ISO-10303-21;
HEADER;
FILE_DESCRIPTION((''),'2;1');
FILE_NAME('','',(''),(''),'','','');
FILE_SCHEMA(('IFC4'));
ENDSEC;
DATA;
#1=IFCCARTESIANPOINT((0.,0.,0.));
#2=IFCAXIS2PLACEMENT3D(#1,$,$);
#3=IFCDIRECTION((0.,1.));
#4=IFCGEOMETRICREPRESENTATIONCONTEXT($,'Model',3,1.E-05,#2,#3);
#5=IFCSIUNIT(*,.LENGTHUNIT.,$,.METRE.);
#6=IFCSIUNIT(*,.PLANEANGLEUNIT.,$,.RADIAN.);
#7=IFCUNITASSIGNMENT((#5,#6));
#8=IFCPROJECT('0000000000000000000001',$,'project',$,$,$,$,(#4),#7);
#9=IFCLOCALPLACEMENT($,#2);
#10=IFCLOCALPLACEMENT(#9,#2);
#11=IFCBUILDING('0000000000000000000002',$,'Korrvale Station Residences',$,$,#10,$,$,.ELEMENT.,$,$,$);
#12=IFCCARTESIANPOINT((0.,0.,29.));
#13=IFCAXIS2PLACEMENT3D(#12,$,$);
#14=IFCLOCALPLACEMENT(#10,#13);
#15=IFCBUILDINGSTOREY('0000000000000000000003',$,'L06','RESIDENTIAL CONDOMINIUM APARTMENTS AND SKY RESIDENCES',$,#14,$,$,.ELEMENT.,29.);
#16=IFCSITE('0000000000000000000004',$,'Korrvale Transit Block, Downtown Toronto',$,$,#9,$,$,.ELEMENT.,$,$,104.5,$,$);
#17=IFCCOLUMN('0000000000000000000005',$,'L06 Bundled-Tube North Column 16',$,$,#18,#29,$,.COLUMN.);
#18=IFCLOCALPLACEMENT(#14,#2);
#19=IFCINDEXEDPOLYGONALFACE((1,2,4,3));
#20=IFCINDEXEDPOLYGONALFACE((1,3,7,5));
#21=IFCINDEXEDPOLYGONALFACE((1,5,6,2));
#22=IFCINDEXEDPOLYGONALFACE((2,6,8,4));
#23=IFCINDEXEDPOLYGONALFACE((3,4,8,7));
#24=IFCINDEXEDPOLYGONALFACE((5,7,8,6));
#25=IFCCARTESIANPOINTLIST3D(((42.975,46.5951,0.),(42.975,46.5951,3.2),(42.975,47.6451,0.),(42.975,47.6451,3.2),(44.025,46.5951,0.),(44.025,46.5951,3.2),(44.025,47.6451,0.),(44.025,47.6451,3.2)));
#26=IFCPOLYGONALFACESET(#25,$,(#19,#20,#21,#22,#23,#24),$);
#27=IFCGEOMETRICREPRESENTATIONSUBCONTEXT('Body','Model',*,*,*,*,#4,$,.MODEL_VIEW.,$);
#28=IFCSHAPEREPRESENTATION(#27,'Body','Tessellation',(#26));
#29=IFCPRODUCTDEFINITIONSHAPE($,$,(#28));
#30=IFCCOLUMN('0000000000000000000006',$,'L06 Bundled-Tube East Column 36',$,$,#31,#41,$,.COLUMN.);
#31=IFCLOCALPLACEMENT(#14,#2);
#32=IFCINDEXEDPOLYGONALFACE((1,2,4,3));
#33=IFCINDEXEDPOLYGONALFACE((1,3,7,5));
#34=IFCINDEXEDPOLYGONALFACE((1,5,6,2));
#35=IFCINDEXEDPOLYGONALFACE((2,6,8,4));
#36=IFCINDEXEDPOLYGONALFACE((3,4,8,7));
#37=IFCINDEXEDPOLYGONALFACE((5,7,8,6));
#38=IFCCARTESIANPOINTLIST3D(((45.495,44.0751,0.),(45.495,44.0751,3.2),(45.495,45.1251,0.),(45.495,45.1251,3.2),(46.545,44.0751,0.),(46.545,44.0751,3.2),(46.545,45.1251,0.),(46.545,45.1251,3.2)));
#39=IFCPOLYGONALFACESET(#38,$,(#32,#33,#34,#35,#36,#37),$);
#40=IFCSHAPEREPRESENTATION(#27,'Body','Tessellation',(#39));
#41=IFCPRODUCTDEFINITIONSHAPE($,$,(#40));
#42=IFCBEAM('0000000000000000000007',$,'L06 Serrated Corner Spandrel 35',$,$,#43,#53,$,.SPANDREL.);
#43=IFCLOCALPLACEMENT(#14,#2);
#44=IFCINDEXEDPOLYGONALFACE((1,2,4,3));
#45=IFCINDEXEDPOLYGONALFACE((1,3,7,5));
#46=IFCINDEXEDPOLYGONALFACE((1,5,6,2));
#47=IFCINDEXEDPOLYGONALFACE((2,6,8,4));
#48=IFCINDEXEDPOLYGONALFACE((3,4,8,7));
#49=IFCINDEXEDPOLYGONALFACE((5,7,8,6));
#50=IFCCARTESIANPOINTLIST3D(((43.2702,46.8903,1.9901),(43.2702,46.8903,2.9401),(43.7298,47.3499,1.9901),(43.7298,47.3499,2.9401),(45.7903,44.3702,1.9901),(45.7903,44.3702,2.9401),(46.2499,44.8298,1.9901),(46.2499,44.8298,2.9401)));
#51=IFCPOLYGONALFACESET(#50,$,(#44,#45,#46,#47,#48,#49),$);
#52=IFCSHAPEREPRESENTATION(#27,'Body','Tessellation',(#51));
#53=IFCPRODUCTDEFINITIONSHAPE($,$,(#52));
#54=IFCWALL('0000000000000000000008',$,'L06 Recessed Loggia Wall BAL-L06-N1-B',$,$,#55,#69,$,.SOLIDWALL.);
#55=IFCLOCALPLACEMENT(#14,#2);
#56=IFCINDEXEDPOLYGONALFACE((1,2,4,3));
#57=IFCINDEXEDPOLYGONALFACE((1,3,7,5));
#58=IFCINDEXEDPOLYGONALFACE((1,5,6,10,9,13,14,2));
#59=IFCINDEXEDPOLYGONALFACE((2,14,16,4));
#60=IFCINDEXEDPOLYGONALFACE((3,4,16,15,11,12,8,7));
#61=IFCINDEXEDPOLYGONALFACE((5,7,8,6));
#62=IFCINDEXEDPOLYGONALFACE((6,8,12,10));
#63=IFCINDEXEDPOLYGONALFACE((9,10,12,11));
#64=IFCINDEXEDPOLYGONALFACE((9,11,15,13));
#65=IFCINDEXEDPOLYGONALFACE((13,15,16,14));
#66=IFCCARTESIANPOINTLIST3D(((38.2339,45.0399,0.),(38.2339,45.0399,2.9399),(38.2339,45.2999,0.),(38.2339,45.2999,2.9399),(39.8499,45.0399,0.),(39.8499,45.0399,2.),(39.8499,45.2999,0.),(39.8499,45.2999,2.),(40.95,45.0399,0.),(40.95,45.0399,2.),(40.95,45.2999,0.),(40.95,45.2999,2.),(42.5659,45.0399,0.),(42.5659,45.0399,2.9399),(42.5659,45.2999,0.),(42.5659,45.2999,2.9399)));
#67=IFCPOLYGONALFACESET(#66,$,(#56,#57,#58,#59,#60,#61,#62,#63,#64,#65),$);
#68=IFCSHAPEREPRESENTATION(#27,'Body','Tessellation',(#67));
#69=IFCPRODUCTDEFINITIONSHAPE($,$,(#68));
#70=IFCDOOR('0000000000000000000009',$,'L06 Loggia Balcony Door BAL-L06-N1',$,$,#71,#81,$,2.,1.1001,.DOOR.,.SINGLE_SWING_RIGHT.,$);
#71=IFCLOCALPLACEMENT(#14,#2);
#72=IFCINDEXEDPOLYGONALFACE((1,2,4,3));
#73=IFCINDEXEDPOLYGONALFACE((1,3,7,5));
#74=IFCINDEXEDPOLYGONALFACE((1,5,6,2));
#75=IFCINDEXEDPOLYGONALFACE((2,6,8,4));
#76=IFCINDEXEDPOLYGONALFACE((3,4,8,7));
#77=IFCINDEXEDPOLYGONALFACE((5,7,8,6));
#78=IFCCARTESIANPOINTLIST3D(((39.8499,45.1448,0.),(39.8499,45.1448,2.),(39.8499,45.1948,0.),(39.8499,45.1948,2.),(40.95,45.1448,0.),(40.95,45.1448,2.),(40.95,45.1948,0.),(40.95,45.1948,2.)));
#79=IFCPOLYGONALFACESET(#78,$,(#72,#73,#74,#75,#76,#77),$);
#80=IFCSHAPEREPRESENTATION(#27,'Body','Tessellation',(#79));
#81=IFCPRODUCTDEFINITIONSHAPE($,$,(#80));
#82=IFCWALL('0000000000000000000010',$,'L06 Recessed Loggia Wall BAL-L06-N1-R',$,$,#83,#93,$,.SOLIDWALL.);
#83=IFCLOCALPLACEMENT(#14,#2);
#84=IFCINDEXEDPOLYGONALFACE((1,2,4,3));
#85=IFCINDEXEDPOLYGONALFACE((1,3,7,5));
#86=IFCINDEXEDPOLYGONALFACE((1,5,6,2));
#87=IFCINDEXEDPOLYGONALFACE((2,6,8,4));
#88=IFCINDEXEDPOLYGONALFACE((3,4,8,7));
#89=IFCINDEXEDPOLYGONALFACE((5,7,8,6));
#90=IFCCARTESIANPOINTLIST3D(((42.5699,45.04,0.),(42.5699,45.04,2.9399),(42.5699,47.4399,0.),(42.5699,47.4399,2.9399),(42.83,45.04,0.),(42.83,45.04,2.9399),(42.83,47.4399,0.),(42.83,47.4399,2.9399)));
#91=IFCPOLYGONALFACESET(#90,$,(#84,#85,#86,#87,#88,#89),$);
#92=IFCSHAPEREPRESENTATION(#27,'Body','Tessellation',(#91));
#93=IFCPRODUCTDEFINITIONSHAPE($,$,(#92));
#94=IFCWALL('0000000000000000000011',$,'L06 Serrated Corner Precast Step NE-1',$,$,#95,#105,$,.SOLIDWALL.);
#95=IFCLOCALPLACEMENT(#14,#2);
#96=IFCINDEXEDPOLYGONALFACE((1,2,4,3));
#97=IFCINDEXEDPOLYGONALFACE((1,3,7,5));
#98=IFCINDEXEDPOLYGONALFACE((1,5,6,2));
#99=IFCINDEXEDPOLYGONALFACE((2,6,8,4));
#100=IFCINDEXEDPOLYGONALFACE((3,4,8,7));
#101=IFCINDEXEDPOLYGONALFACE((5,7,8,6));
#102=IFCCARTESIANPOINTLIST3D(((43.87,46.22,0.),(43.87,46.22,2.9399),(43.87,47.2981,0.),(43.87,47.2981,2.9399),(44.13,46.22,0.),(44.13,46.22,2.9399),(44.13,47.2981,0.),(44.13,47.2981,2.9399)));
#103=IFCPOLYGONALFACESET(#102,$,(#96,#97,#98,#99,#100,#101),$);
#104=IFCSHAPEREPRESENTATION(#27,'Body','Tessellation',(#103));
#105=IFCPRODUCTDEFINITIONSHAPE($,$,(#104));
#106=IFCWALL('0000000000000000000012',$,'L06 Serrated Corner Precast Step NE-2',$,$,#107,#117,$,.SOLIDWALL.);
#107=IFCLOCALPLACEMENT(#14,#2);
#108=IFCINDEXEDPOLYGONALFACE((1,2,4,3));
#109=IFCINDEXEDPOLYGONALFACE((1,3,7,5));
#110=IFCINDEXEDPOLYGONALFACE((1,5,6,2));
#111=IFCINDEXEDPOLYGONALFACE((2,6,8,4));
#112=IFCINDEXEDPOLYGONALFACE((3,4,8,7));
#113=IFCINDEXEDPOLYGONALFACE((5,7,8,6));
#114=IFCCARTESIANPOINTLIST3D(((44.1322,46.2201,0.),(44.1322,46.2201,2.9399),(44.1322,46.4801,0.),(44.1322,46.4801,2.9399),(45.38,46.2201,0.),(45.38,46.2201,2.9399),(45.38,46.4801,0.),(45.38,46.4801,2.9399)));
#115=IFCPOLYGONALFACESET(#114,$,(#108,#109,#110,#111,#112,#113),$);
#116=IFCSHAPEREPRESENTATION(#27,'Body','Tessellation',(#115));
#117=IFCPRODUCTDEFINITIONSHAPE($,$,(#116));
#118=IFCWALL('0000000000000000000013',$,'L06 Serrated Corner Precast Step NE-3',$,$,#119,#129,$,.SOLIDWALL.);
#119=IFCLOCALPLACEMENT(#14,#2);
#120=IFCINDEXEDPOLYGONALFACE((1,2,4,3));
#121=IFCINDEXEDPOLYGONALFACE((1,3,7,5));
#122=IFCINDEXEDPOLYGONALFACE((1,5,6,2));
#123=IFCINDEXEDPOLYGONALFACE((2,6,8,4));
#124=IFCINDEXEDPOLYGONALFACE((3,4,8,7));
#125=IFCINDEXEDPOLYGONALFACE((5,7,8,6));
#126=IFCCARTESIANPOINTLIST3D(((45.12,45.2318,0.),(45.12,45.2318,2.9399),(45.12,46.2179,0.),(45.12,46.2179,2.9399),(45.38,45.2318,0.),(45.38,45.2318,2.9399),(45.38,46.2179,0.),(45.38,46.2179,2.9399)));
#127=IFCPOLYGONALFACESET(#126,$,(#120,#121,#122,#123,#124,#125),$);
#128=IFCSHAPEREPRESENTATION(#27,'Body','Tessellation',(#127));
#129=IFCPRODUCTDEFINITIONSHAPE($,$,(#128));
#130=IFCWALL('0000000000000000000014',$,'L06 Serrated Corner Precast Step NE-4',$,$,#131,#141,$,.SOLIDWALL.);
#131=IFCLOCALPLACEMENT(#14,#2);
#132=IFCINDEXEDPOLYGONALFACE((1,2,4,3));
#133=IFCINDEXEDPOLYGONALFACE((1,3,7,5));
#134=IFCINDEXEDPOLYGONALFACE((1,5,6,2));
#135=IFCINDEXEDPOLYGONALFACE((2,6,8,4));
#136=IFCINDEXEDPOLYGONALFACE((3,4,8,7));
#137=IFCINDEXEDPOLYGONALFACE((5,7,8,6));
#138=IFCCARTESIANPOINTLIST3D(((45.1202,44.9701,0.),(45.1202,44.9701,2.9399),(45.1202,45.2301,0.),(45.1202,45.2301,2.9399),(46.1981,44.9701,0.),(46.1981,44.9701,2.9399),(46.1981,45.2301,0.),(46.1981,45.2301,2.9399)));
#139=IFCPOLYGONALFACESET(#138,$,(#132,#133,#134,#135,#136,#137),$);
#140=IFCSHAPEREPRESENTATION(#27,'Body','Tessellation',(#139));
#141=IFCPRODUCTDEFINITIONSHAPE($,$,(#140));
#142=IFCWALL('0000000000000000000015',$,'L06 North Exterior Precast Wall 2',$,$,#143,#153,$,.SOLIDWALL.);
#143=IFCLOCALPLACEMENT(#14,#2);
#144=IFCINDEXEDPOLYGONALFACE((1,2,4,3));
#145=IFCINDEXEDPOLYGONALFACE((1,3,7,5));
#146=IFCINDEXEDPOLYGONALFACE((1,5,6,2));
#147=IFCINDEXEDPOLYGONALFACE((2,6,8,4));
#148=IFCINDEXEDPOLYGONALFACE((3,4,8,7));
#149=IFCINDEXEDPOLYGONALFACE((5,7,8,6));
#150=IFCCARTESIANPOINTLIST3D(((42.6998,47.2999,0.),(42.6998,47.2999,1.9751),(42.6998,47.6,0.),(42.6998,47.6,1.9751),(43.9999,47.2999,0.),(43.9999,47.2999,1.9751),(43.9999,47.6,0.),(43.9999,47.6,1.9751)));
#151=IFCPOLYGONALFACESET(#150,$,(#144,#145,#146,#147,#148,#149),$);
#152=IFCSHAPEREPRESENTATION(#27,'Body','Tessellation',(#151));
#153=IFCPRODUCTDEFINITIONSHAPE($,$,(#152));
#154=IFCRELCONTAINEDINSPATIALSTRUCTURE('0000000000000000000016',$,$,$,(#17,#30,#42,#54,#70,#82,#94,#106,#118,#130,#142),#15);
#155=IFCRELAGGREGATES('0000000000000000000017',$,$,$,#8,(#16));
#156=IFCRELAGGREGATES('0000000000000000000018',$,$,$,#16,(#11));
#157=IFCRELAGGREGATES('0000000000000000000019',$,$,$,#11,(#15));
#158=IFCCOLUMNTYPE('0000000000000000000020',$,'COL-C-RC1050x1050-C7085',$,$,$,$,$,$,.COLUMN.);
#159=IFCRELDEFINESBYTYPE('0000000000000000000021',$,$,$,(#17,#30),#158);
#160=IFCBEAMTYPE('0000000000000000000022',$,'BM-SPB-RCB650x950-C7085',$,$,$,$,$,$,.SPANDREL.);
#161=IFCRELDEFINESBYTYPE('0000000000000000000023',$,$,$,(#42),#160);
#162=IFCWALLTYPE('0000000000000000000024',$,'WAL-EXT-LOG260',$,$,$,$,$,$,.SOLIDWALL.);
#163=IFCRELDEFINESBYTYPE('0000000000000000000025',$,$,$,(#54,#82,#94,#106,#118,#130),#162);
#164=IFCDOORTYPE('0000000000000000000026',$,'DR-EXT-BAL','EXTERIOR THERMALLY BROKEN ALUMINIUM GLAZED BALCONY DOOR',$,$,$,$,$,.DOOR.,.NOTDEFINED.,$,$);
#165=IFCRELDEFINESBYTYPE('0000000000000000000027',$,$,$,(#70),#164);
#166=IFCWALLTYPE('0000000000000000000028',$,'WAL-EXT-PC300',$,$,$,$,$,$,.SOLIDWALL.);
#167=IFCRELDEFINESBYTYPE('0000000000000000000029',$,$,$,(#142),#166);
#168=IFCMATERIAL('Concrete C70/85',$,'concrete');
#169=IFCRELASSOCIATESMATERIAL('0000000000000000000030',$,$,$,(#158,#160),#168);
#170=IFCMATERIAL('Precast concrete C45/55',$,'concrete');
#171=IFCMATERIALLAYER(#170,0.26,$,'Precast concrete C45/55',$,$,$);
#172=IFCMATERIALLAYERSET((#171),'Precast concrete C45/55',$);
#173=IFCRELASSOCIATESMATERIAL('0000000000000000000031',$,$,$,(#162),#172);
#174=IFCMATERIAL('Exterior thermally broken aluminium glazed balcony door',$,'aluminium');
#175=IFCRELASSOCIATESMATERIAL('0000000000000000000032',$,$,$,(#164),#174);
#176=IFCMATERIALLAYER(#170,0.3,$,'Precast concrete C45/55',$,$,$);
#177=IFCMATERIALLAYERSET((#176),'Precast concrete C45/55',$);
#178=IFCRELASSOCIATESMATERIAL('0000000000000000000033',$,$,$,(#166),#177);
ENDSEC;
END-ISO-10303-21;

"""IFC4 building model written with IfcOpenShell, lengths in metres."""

from ifc_helpers import new_model, si_unit, direction, frame, frame_2d, origin, origin_2d, place, context, subcontext, project, spatial, rectangle, extrude, material, layer, layer_set, material_profile, profile_set, type_object, element, fill, save


model = new_model("IFC4")

# Units and contexts
model_context = context("Model", 3, precision=1e-05, world=origin(), true_north=direction((0.0, 1.0)))
body_context = subcontext(model_context, "Body", "Model", "MODEL_VIEW")
ifc_project = project(units=[si_unit("LENGTHUNIT", "METRE"), si_unit("PLANEANGLEUNIT", "RADIAN")], contexts=[model_context])

# Site, building, storey
site_placement = place(None, origin())
site = spatial("IfcSite", under=ifc_project, at=site_placement, Name="Korrvale Transit Block, Downtown Toronto", CompositionType="ELEMENT", RefElevation=104.5)
building_placement = place(site_placement, origin())
building = spatial("IfcBuilding", under=site, at=building_placement, Name="Korrvale Station Residences", CompositionType="ELEMENT")
storey_placement = place(building_placement, frame((0.0, 0.0, 29.0)))
storey = spatial("IfcBuildingStorey", under=building, at=storey_placement, Name="L06", Description="RESIDENTIAL CONDOMINIUM APARTMENTS AND SKY RESIDENCES", CompositionType="ELEMENT", Elevation=29.0)

# Columns
ifc_material_1 = material(Name="Concrete C70/85", Category="concrete")
ifc_material_profile_1 = material_profile(ifc_material_1, rectangle(XDim=1.05, YDim=1.05, at=origin_2d()), Name="RC1050x1050")
ifc_profile_set_1 = profile_set([ifc_material_profile_1], Name="Concrete C70/85")
column_type = type_object("IfcColumnType", Name="COL-C-RC1050x1050-C7085", PredefinedType="COLUMN", material=ifc_profile_set_1)
for number, where, z_axis, x_axis, name in (
    (1, (43.5, 47.1201, 0.0), (0.0, 0.0, 1.0), (1.0, 0.0, 0.0), "L06 Bundled-Tube North Column 16"),
    (2, (46.02, 44.6001, 0.0), (0.0, 0.0, 1.0), (1.0, 0.0, 0.0), "L06 Bundled-Tube East Column 36"),
):
    element("IfcColumn", number, at=place(storey_placement, frame(where, z_axis=z_axis, x_axis=x_axis)), inside=storey, type_object=column_type, Name=name, PredefinedType="COLUMN", context=body_context, shape_type="SweptSolid", body=[
        extrude(rectangle(XDim=1.05, YDim=1.05, at=origin_2d()), origin(), (0.0, 0.0, 1.0), 3.2),
    ])

# Beam
ifc_material_profile_2 = material_profile(ifc_material_1, rectangle(XDim=0.6499, YDim=0.95, at=origin_2d()), Name="RCB650x950")
ifc_profile_set_2 = profile_set([ifc_material_profile_2], Name="Concrete C70/85")
beam_type = type_object("IfcBeamType", Name="BM-SPB-RCB650x950-C7085", PredefinedType="SPANDREL", material=ifc_profile_set_2)
beam_placement = place(storey_placement, frame((43.5, 47.1201, 2.4651), z_axis=(0.707107, -0.707107, 0.0), x_axis=(0.707107, 0.707107, 0.0)))
element("IfcBeam", 3, at=beam_placement, inside=storey, type_object=beam_type, Name="L06 Serrated Corner Spandrel 35", PredefinedType="SPANDREL", context=body_context, shape_type="SweptSolid", body=[
    extrude(rectangle(XDim=0.6499, YDim=0.95, at=origin_2d()), origin(), (0.0, 0.0, 1.0), 3.564),
])

# Wall, opening, door
ifc_material_2 = material(Name="Precast concrete C45/55", Category="concrete")
ifc_layer_1 = layer(ifc_material_2, 0.26, Name="Precast concrete C45/55")
ifc_layer_set_1 = layer_set([ifc_layer_1], Name="Precast concrete C45/55")
wall_type_1 = type_object("IfcWallType", Name="WAL-EXT-LOG260", PredefinedType="SOLIDWALL", material=ifc_layer_set_1)
wall_1_placement = place(storey_placement, frame((38.2339, 45.1699, 0.0), z_axis=(0.0, 0.0, 1.0), x_axis=(1.0, 0.0, 0.0)))
wall_1 = element("IfcWall", 4, at=wall_1_placement, inside=storey, type_object=wall_type_1, Name="L06 Recessed Loggia Wall BAL-L06-N1-B", PredefinedType="SOLIDWALL", context=body_context, shape_type="SweptSolid", body=[
    extrude(rectangle(XDim=4.332, YDim=0.26, at=frame_2d((2.166, 0.0))), origin(), (0.0, 0.0, 1.0), 2.9399),
])
opening_1_placement = place(wall_1_placement, frame((1.616, 0.0, 0.0)))
opening_1 = element("IfcOpeningElement", 5, at=opening_1_placement, cuts=wall_1, PredefinedType="OPENING", context=body_context, shape_type="SweptSolid", body=[
    extrude(rectangle(XDim=1.1001, YDim=2.0, at=frame_2d((0.55, 1.0))), frame((0.0, 0.1401, 0.0), z_axis=(0.0, -1.0, 0.0), x_axis=(1.0, 0.0, 0.0)), (0.0, 0.0, 1.0), 0.28),
])
ifc_material_3 = material(Name="Exterior thermally broken aluminium glazed balcony door", Category="aluminium")
door_type = type_object("IfcDoorType", Name="DR-EXT-BAL", Description="EXTERIOR THERMALLY BROKEN ALUMINIUM GLAZED BALCONY DOOR", OperationType="NOTDEFINED", PredefinedType="DOOR", material=ifc_material_3)
door_placement = place(opening_1_placement, origin())
door = element("IfcDoor", 6, at=door_placement, inside=storey, type_object=door_type, Name="L06 Loggia Balcony Door BAL-L06-N1", OperationType="SINGLE_SWING_RIGHT", OverallHeight=2.0, OverallWidth=1.1001, PredefinedType="DOOR", context=body_context, shape_type="SweptSolid", body=[
    extrude(rectangle(XDim=1.1001, YDim=2.0, at=frame_2d((0.55, 1.0))), frame((0.0, 0.0249, 0.0), z_axis=(0.0, -1.0, 0.0), x_axis=(1.0, 0.0, 0.0)), (0.0, 0.0, 1.0), 0.05),
])
fill(opening_1, door)

# Walls
wall_2_placement = place(storey_placement, frame((42.7, 45.04, 0.0), z_axis=(0.0, 0.0, 1.0), x_axis=(0.0, 1.0, 0.0)))
element("IfcWall", 7, at=wall_2_placement, inside=storey, type_object=wall_type_1, Name="L06 Recessed Loggia Wall BAL-L06-N1-R", PredefinedType="SOLIDWALL", context=body_context, shape_type="SweptSolid", body=[
    extrude(rectangle(XDim=2.3999, YDim=0.26, at=frame_2d((1.2, 0.0))), origin(), (0.0, 0.0, 1.0), 2.9399),
])
wall_3_placement = place(storey_placement, frame((44.0, 47.2981, 0.0), z_axis=(0.0, 0.0, 1.0), x_axis=(0.0, -1.0, 0.0)))
element("IfcWall", 8, at=wall_3_placement, inside=storey, type_object=wall_type_1, Name="L06 Serrated Corner Precast Step NE-1", PredefinedType="SOLIDWALL", context=body_context, shape_type="SweptSolid", body=[
    extrude(rectangle(XDim=1.0781, YDim=0.26, at=frame_2d((0.5391, 0.0))), origin(), (0.0, 0.0, 1.0), 2.9399),
])
wall_4_placement = place(storey_placement, frame((44.1321, 46.3501, 0.0), z_axis=(0.0, 0.0, 1.0), x_axis=(1.0, 0.0, 0.0)))
element("IfcWall", 9, at=wall_4_placement, inside=storey, type_object=wall_type_1, Name="L06 Serrated Corner Precast Step NE-2", PredefinedType="SOLIDWALL", context=body_context, shape_type="SweptSolid", body=[
    extrude(rectangle(XDim=1.2478, YDim=0.26, at=frame_2d((0.624, 0.0))), origin(), (0.0, 0.0, 1.0), 2.9399),
])
wall_5_placement = place(storey_placement, frame((45.25, 46.218, 0.0), z_axis=(0.0, 0.0, 1.0), x_axis=(0.0, -1.0, 0.0)))
element("IfcWall", 10, at=wall_5_placement, inside=storey, type_object=wall_type_1, Name="L06 Serrated Corner Precast Step NE-3", PredefinedType="SOLIDWALL", context=body_context, shape_type="SweptSolid", body=[
    extrude(rectangle(XDim=0.9861, YDim=0.26, at=frame_2d((0.4932, 0.0))), origin(), (0.0, 0.0, 1.0), 2.9399),
])
wall_6_placement = place(storey_placement, frame((45.1201, 45.1001, 0.0), z_axis=(0.0, 0.0, 1.0), x_axis=(1.0, 0.0, 0.0)))
element("IfcWall", 11, at=wall_6_placement, inside=storey, type_object=wall_type_1, Name="L06 Serrated Corner Precast Step NE-4", PredefinedType="SOLIDWALL", context=body_context, shape_type="SweptSolid", body=[
    extrude(rectangle(XDim=1.0779, YDim=0.26, at=frame_2d((0.5391, 0.0))), origin(), (0.0, 0.0, 1.0), 2.9399),
])
ifc_layer_2 = layer(ifc_material_2, 0.3, Name="Precast concrete C45/55")
ifc_layer_set_2 = layer_set([ifc_layer_2], Name="Precast concrete C45/55")
wall_type_2 = type_object("IfcWallType", Name="WAL-EXT-PC300", PredefinedType="SOLIDWALL", material=ifc_layer_set_2)
wall_7_placement = place(storey_placement, frame((42.7, 47.45, 0.0), z_axis=(0.0, 0.0, 1.0), x_axis=(1.0, 0.0, 0.0)))
element("IfcWall", 12, at=wall_7_placement, inside=storey, type_object=wall_type_2, Name="L06 North Exterior Precast Wall 2", PredefinedType="SOLIDWALL", context=body_context, shape_type="SweptSolid", body=[
    extrude(rectangle(XDim=1.3, YDim=0.3, at=frame_2d((0.6499, 0.0))), origin(), (0.0, 0.0, 1.0), 1.9751),
])

save(model, "model.ifc")
